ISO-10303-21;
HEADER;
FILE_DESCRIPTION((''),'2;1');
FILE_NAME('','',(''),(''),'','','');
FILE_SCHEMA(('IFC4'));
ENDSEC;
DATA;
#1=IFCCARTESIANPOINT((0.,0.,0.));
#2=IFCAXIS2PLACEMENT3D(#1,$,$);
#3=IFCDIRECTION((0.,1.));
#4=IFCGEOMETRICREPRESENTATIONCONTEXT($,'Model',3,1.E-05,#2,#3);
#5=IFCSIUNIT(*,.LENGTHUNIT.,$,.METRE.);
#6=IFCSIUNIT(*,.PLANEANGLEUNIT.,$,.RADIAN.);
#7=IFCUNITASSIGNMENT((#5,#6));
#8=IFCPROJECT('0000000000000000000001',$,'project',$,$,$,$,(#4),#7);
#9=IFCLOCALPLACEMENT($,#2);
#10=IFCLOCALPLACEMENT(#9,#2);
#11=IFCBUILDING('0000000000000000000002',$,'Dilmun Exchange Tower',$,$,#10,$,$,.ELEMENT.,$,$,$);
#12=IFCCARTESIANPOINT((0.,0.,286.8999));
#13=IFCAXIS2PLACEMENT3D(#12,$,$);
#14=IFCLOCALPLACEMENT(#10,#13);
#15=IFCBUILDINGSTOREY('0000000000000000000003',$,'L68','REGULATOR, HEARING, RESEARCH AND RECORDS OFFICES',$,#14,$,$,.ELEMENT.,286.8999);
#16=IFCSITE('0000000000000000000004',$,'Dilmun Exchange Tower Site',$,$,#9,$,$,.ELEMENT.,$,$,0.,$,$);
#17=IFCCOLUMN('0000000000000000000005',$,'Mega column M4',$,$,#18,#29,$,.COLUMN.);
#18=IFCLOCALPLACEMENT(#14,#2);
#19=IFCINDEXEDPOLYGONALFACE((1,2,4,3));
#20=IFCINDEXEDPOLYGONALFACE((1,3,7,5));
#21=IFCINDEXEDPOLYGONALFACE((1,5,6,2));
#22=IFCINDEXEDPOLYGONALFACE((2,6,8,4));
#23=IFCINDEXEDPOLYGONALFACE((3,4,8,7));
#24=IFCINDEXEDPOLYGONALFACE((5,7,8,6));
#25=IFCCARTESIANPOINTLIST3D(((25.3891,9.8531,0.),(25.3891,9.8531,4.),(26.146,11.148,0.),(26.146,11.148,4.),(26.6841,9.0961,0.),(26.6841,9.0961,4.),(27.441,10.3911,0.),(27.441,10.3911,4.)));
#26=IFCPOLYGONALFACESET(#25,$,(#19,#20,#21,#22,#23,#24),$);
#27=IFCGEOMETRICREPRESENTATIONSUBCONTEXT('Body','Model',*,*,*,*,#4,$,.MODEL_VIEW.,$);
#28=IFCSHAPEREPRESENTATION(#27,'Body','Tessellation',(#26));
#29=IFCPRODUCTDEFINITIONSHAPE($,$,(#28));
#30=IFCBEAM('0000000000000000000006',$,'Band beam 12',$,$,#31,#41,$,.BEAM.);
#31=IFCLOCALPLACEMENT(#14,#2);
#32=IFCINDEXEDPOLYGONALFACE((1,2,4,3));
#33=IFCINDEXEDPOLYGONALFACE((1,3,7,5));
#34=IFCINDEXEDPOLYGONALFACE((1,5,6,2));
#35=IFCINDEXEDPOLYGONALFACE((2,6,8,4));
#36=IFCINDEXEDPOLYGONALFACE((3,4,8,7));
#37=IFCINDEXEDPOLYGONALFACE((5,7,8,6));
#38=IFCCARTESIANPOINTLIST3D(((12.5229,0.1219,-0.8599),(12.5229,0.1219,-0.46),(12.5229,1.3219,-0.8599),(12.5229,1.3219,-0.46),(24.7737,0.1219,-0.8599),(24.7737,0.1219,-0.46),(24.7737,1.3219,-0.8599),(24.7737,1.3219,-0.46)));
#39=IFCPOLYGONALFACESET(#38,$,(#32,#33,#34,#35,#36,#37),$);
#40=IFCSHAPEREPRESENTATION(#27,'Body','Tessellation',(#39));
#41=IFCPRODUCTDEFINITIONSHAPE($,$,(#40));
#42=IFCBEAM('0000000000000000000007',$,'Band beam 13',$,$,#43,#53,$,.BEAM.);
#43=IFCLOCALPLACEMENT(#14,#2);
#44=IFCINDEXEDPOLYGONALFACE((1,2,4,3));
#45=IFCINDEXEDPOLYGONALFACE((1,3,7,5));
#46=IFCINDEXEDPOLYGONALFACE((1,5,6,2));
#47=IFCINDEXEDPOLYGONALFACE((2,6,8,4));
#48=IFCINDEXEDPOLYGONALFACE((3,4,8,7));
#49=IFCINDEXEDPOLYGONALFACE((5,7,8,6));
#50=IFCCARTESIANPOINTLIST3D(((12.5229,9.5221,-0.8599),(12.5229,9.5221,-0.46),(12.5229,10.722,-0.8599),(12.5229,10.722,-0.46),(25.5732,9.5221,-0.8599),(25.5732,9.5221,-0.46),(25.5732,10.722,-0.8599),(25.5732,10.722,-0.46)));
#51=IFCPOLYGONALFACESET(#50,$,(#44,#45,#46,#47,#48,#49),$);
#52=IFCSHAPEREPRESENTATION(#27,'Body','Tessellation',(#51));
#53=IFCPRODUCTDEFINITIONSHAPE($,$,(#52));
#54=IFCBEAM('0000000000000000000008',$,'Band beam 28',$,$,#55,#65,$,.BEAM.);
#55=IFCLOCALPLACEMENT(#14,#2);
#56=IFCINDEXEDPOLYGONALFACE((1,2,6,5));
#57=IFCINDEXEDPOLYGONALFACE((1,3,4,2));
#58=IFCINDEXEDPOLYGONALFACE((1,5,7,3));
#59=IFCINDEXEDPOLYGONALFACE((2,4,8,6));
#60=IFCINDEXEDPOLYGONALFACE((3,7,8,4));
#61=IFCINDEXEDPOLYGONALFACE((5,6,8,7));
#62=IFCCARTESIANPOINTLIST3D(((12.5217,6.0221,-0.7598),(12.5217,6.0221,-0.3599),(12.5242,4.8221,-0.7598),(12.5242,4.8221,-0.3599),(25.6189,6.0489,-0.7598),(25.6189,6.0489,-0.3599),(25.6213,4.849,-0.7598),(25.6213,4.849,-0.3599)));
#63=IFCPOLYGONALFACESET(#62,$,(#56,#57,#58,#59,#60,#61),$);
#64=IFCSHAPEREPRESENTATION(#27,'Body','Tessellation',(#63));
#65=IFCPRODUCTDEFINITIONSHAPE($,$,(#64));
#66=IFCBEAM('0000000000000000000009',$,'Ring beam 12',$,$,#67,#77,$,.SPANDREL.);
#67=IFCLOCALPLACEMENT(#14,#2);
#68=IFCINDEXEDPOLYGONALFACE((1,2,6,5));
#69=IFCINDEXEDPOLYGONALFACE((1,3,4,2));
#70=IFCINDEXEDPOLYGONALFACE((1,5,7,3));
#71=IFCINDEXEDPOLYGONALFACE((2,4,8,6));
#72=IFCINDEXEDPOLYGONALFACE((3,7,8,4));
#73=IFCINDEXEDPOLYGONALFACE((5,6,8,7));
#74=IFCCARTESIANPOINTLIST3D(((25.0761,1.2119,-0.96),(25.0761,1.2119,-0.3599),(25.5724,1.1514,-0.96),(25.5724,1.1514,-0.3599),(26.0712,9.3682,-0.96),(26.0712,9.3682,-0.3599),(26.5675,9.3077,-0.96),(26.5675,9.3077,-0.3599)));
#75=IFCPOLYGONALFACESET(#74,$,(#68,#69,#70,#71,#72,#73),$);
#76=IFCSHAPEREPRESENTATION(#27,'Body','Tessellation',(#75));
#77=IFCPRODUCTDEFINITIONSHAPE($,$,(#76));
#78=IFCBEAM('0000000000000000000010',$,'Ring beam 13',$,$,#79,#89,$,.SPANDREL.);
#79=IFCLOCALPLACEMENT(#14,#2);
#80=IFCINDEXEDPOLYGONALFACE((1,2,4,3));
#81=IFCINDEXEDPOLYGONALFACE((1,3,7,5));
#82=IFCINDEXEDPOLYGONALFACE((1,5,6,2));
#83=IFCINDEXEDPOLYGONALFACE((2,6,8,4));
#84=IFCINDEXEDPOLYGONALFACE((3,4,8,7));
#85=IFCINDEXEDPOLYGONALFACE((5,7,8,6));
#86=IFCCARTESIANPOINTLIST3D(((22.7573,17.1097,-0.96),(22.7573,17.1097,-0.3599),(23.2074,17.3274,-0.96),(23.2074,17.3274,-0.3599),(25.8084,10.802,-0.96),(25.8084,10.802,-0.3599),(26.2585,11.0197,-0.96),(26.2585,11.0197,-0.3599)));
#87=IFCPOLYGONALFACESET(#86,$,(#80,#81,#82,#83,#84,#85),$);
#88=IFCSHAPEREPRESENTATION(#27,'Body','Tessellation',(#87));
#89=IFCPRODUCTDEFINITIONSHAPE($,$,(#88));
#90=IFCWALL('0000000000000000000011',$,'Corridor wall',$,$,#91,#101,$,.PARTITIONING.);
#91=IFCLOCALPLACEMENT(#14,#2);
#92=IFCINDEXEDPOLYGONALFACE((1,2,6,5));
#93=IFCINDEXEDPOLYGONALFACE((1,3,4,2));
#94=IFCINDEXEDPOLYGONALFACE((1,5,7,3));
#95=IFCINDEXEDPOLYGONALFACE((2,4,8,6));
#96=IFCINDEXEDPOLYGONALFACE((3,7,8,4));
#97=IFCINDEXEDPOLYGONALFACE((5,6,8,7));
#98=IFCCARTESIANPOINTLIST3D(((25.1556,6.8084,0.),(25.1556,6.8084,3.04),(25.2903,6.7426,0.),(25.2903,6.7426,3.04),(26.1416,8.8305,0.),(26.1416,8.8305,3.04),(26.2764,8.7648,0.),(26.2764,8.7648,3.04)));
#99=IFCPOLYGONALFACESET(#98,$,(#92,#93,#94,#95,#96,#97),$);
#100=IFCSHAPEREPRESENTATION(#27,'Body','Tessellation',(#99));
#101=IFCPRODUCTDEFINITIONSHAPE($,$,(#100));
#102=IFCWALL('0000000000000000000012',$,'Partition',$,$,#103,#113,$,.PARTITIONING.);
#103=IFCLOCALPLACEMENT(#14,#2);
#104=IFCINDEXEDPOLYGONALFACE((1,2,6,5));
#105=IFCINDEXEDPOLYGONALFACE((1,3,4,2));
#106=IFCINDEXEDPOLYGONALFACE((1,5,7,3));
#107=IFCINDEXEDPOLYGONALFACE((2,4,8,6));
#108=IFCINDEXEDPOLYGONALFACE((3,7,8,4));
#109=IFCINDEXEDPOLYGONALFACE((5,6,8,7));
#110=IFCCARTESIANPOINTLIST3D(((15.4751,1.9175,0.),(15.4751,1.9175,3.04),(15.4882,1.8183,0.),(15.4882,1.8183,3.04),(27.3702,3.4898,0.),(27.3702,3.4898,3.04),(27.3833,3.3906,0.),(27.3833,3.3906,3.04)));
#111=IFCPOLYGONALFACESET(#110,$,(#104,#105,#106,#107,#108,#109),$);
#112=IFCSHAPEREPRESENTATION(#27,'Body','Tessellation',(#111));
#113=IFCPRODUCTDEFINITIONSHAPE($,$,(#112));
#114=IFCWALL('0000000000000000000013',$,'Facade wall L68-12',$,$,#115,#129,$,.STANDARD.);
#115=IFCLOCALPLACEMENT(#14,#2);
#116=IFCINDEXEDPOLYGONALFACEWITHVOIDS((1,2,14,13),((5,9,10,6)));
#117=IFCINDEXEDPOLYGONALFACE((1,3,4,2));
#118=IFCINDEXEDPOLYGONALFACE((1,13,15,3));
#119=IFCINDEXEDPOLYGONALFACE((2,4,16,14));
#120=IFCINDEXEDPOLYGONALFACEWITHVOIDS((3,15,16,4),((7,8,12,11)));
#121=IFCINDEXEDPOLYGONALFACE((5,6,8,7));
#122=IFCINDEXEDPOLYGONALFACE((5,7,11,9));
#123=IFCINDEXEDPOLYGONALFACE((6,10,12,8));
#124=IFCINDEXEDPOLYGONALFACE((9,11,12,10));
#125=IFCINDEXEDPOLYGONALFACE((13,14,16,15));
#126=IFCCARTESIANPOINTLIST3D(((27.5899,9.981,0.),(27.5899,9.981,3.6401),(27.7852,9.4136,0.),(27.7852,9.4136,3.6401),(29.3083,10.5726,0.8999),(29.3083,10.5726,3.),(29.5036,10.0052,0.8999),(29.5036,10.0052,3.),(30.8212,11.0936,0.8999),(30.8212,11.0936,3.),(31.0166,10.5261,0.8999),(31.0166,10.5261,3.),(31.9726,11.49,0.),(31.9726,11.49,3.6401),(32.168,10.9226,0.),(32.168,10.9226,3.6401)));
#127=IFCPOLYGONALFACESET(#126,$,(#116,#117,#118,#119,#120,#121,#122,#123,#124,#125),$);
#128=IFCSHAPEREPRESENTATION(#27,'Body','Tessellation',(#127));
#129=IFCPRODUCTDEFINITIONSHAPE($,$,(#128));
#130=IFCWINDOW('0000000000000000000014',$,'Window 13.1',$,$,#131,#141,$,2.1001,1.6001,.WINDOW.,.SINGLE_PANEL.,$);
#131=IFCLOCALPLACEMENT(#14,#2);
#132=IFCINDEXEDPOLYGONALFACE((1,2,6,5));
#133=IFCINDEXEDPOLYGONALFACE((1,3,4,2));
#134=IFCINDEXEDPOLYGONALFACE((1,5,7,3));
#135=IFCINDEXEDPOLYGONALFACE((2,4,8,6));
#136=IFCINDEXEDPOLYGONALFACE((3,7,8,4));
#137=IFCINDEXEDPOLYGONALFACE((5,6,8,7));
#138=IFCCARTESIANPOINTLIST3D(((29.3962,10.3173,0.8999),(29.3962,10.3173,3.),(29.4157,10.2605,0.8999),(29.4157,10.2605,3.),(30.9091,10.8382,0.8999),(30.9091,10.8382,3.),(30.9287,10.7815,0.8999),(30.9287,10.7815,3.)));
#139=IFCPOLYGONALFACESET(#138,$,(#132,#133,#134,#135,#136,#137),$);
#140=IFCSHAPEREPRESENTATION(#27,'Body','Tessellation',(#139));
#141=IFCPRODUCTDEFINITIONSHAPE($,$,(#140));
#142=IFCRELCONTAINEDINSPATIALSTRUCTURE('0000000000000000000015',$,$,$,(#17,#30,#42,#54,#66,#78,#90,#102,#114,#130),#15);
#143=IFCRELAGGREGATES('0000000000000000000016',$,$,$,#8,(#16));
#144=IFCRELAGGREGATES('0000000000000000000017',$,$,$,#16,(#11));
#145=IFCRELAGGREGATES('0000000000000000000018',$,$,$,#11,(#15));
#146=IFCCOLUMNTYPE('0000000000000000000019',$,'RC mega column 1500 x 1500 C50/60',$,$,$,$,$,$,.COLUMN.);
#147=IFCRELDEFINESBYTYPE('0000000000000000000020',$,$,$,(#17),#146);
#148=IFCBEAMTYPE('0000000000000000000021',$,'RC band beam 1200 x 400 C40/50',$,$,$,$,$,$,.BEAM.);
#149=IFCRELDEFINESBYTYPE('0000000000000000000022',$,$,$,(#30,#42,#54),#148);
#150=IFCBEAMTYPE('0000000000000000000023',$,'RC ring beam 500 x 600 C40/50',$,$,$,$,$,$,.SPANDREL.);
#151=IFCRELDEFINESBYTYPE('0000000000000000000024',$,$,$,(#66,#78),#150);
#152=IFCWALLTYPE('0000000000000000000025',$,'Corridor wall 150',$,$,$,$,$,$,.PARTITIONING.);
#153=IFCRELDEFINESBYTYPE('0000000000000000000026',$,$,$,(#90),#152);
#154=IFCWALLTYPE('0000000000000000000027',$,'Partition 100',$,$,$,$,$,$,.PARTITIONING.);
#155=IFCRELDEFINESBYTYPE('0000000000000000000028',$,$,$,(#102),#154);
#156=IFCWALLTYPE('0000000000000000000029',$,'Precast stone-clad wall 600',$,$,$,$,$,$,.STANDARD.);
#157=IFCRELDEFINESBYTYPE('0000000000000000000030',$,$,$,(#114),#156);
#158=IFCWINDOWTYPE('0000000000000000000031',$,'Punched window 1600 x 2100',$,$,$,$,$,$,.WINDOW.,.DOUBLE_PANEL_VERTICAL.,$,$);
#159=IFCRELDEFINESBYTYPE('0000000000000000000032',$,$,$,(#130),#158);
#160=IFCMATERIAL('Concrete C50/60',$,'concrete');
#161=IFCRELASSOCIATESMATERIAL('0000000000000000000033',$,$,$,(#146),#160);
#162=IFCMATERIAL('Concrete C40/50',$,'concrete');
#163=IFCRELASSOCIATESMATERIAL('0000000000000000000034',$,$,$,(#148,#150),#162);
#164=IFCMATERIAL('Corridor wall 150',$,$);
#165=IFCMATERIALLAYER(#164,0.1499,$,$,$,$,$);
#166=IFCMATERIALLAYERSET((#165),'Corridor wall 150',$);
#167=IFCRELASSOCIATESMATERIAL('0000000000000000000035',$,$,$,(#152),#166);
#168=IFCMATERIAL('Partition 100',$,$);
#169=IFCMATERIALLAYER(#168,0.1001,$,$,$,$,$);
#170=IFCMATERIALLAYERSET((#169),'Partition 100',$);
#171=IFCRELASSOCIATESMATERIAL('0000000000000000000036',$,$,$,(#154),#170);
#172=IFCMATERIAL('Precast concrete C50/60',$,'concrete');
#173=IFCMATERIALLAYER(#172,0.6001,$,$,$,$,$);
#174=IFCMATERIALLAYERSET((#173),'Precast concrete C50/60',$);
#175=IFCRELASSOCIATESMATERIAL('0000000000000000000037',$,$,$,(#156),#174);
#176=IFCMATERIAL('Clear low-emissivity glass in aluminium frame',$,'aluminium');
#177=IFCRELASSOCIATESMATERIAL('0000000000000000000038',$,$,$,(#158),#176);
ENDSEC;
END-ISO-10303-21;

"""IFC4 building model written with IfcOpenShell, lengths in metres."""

from ifc_helpers import new_model, si_unit, direction, frame, frame_2d, origin, origin_2d, place, context, subcontext, project, spatial, rectangle, extrude, material, layer, layer_set, material_profile, profile_set, type_object, element, fill, save


model = new_model("IFC4")

# Units and contexts
model_context = context("Model", 3, precision=1e-05, world=origin(), true_north=direction((0.0, 1.0)))
body_context = subcontext(model_context, "Body", "Model", "MODEL_VIEW")
ifc_project = project(units=[si_unit("LENGTHUNIT", "METRE"), si_unit("PLANEANGLEUNIT", "RADIAN")], contexts=[model_context])

# Site, building, storey
site_placement = place(None, origin())
site = spatial("IfcSite", under=ifc_project, at=site_placement, Name="Dilmun Exchange Tower Site", CompositionType="ELEMENT", RefElevation=0.0)
building_placement = place(site_placement, origin())
building = spatial("IfcBuilding", under=site, at=building_placement, Name="Dilmun Exchange Tower", CompositionType="ELEMENT")
storey_placement = place(building_placement, frame((0.0, 0.0, 286.8999)))
storey = spatial("IfcBuildingStorey", under=building, at=storey_placement, Name="L68", Description="REGULATOR, HEARING, RESEARCH AND RECORDS OFFICES", CompositionType="ELEMENT", Elevation=286.8999)

# Column
ifc_material_1 = material(Name="Concrete C50/60", Category="concrete")
ifc_material_profile_1 = material_profile(ifc_material_1, rectangle(XDim=1.5, YDim=1.5, at=origin_2d()), Name="1500 x 1500")
ifc_profile_set_1 = profile_set([ifc_material_profile_1], Name="Concrete C50/60")
column_type = type_object("IfcColumnType", Name="RC mega column 1500 x 1500 C50/60", PredefinedType="COLUMN", material=ifc_profile_set_1)
column_placement = place(storey_placement, frame((26.415, 10.1221, 0.0), z_axis=(0.0, 0.0, 1.0), x_axis=(0.504644, 0.863328, 0.0)))
element("IfcColumn", 1, at=column_placement, inside=storey, type_object=column_type, Name="Mega column M4", PredefinedType="COLUMN", context=body_context, shape_type="SweptSolid", body=[
    extrude(rectangle(XDim=1.5, YDim=1.5, at=origin_2d()), origin(), (0.0, 0.0, 1.0), 4.0),
])

# Beams
ifc_material_2 = material(Name="Concrete C40/50", Category="concrete")
ifc_material_profile_2 = material_profile(ifc_material_2, rectangle(XDim=1.2, YDim=0.3999, at=origin_2d()), Name="1200 x 400")
ifc_profile_set_2 = profile_set([ifc_material_profile_2], Name="Concrete C40/50")
beam_type_1 = type_object("IfcBeamType", Name="RC band beam 1200 x 400 C40/50", PredefinedType="BEAM", material=ifc_profile_set_2)
beam_1_placement = place(storey_placement, frame((24.7737, 0.7219, -0.6599), z_axis=(-1.0, 0.0, 0.0), x_axis=(0.0, -1.0, 0.0)))
element("IfcBeam", 2, at=beam_1_placement, inside=storey, type_object=beam_type_1, Name="Band beam 12", PredefinedType="BEAM", context=body_context, shape_type="SweptSolid", body=[
    extrude(rectangle(XDim=1.2, YDim=0.3999, at=origin_2d()), origin(), (0.0, 0.0, 1.0), 12.2507),
])
beam_2_placement = place(storey_placement, frame((25.5732, 10.1221, -0.6599), z_axis=(-1.0, 0.0, 0.0), x_axis=(0.0, -1.0, 0.0)))
element("IfcBeam", 3, at=beam_2_placement, inside=storey, type_object=beam_type_1, Name="Band beam 13", PredefinedType="BEAM", context=body_context, shape_type="SweptSolid", body=[
    extrude(rectangle(XDim=1.2, YDim=0.3999, at=origin_2d()), origin(), (0.0, 0.0, 1.0), 13.0503),
])
beam_3_placement = place(storey_placement, frame((25.6201, 5.449, -0.5598), z_axis=(-0.999998, -0.00205, 0.0), x_axis=(0.00205, -0.999998, 0.0)))
element("IfcBeam", 4, at=beam_3_placement, inside=storey, type_object=beam_type_1, Name="Band beam 28", PredefinedType="BEAM", context=body_context, shape_type="SweptSolid", body=[
    extrude(rectangle(XDim=1.2, YDim=0.3999, at=origin_2d()), origin(), (0.0, 0.0, 1.0), 13.0972),
])
ifc_material_profile_3 = material_profile(ifc_material_2, rectangle(XDim=0.5, YDim=0.6001, at=origin_2d()), Name="500 x 600")
ifc_profile_set_3 = profile_set([ifc_material_profile_3], Name="Concrete C40/50")
beam_type_2 = type_object("IfcBeamType", Name="RC ring beam 500 x 600 C40/50", PredefinedType="SPANDREL", material=ifc_profile_set_3)
beam_4_placement = place(storey_placement, frame((25.3242, 1.1816, -0.6599), z_axis=(0.121109, 0.992639, 0.0), x_axis=(-0.992639, 0.121109, 0.0)))
element("IfcBeam", 5, at=beam_4_placement, inside=storey, type_object=beam_type_2, Name="Ring beam 12", PredefinedType="SPANDREL", context=body_context, shape_type="SweptSolid", body=[
    extrude(rectangle(XDim=0.5, YDim=0.6001, at=origin_2d()), origin(), (0.0, 0.0, 1.0), 8.2168),
])
beam_5_placement = place(storey_placement, frame((26.0334, 10.9109, -0.6599), z_axis=(-0.43544, 0.900218, 0.0), x_axis=(-0.900218, -0.43544, 0.0)))
element("IfcBeam", 6, at=beam_5_placement, inside=storey, type_object=beam_type_2, Name="Ring beam 13", PredefinedType="SPANDREL", context=body_context, shape_type="SweptSolid", body=[
    extrude(rectangle(XDim=0.5, YDim=0.6001, at=origin_2d()), origin(), (0.0, 0.0, 1.0), 7.0068),
])

# Walls
ifc_material_3 = material(Name="Corridor wall 150")
ifc_layer_1 = layer(ifc_material_3, 0.1499)
ifc_layer_set_1 = layer_set([ifc_layer_1], Name="Corridor wall 150")
wall_type_1 = type_object("IfcWallType", Name="Corridor wall 150", PredefinedType="PARTITIONING", material=ifc_layer_set_1)
wall_1_placement = place(storey_placement, frame((25.2229, 6.7754, 0.0), z_axis=(0.0, 0.0, 1.0), x_axis=(0.438293, 0.898832, 0.0)))
element("IfcWall", 7, at=wall_1_placement, inside=storey, type_object=wall_type_1, Name="Corridor wall", PredefinedType="PARTITIONING", context=body_context, shape_type="SweptSolid", body=[
    extrude(rectangle(XDim=2.2498, YDim=0.1499, at=frame_2d((1.125, 0.0))), origin(), (0.0, 0.0, 1.0), 3.04),
])
ifc_material_4 = material(Name="Partition 100")
ifc_layer_2 = layer(ifc_material_4, 0.1001)
ifc_layer_set_2 = layer_set([ifc_layer_2], Name="Partition 100")
wall_type_2 = type_object("IfcWallType", Name="Partition 100", PredefinedType="PARTITIONING", material=ifc_layer_set_2)
wall_2_placement = place(storey_placement, frame((15.4817, 1.8679, 0.0), z_axis=(0.0, 0.0, 1.0), x_axis=(0.991377, 0.131039, 0.0)))
element("IfcWall", 8, at=wall_2_placement, inside=storey, type_object=wall_type_2, Name="Partition", PredefinedType="PARTITIONING", context=body_context, shape_type="SweptSolid", body=[
    extrude(rectangle(XDim=11.9985, YDim=0.1001, at=frame_2d((5.9993, 0.0))), origin(), (0.0, 0.0, 1.0), 3.04),
])

# Wall, opening, window
ifc_material_5 = material(Name="Precast concrete C50/60", Category="concrete")
ifc_layer_3 = layer(ifc_material_5, 0.6001)
ifc_layer_set_3 = layer_set([ifc_layer_3], Name="Precast concrete C50/60")
wall_type_3 = type_object("IfcWallType", Name="Precast stone-clad wall 600", PredefinedType="STANDARD", material=ifc_layer_set_3)
wall_3_placement = place(storey_placement, frame((32.0703, 11.2063, 0.0), z_axis=(0.0, 0.0, 1.0), x_axis=(-0.945525, -0.325551, 0.0)))
wall_3 = element("IfcWall", 9, at=wall_3_placement, inside=storey, type_object=wall_type_3, Name="Facade wall L68-12", PredefinedType="STANDARD", context=body_context, shape_type="SweptSolid", body=[
    extrude(rectangle(XDim=4.6353, YDim=0.6001, at=frame_2d((2.3176, 0.0))), origin(), (0.0, 0.0, 1.0), 3.6401),
])
opening_1_placement = place(wall_3_placement, frame((1.2178, 0.0, 0.8999)))
opening_1 = element("IfcOpeningElement", 10, at=opening_1_placement, cuts=wall_3, PredefinedType="OPENING", context=body_context, shape_type="SweptSolid", body=[
    extrude(rectangle(XDim=1.6001, YDim=2.1001, at=frame_2d((0.8, 1.05))), frame((0.0, 0.3101, 0.0), z_axis=(0.0, -1.0, 0.0), x_axis=(1.0, 0.0, 0.0)), (0.0, 0.0, 1.0), 0.6201),
])
ifc_material_6 = material(Name="Clear low-emissivity glass in aluminium frame", Category="aluminium")
window_type = type_object("IfcWindowType", Name="Punched window 1600 x 2100", PartitioningType="DOUBLE_PANEL_VERTICAL", PredefinedType="WINDOW", material=ifc_material_6)
window_1_placement = place(opening_1_placement, origin())
window_1 = element("IfcWindow", 11, at=window_1_placement, inside=storey, type_object=window_type, Name="Window 13.1", OverallHeight=2.1001, OverallWidth=1.6001, PartitioningType="SINGLE_PANEL", PredefinedType="WINDOW", context=body_context, shape_type="SweptSolid", body=[
    extrude(rectangle(XDim=1.6001, YDim=2.1001, at=frame_2d((0.8, 1.05))), frame((0.0, 0.03, 0.0), z_axis=(0.0, -1.0, 0.0), x_axis=(1.0, 0.0, 0.0)), (0.0, 0.0, 1.0), 0.0601),
])
fill(opening_1, window_1)

save(model, "model.ifc")
